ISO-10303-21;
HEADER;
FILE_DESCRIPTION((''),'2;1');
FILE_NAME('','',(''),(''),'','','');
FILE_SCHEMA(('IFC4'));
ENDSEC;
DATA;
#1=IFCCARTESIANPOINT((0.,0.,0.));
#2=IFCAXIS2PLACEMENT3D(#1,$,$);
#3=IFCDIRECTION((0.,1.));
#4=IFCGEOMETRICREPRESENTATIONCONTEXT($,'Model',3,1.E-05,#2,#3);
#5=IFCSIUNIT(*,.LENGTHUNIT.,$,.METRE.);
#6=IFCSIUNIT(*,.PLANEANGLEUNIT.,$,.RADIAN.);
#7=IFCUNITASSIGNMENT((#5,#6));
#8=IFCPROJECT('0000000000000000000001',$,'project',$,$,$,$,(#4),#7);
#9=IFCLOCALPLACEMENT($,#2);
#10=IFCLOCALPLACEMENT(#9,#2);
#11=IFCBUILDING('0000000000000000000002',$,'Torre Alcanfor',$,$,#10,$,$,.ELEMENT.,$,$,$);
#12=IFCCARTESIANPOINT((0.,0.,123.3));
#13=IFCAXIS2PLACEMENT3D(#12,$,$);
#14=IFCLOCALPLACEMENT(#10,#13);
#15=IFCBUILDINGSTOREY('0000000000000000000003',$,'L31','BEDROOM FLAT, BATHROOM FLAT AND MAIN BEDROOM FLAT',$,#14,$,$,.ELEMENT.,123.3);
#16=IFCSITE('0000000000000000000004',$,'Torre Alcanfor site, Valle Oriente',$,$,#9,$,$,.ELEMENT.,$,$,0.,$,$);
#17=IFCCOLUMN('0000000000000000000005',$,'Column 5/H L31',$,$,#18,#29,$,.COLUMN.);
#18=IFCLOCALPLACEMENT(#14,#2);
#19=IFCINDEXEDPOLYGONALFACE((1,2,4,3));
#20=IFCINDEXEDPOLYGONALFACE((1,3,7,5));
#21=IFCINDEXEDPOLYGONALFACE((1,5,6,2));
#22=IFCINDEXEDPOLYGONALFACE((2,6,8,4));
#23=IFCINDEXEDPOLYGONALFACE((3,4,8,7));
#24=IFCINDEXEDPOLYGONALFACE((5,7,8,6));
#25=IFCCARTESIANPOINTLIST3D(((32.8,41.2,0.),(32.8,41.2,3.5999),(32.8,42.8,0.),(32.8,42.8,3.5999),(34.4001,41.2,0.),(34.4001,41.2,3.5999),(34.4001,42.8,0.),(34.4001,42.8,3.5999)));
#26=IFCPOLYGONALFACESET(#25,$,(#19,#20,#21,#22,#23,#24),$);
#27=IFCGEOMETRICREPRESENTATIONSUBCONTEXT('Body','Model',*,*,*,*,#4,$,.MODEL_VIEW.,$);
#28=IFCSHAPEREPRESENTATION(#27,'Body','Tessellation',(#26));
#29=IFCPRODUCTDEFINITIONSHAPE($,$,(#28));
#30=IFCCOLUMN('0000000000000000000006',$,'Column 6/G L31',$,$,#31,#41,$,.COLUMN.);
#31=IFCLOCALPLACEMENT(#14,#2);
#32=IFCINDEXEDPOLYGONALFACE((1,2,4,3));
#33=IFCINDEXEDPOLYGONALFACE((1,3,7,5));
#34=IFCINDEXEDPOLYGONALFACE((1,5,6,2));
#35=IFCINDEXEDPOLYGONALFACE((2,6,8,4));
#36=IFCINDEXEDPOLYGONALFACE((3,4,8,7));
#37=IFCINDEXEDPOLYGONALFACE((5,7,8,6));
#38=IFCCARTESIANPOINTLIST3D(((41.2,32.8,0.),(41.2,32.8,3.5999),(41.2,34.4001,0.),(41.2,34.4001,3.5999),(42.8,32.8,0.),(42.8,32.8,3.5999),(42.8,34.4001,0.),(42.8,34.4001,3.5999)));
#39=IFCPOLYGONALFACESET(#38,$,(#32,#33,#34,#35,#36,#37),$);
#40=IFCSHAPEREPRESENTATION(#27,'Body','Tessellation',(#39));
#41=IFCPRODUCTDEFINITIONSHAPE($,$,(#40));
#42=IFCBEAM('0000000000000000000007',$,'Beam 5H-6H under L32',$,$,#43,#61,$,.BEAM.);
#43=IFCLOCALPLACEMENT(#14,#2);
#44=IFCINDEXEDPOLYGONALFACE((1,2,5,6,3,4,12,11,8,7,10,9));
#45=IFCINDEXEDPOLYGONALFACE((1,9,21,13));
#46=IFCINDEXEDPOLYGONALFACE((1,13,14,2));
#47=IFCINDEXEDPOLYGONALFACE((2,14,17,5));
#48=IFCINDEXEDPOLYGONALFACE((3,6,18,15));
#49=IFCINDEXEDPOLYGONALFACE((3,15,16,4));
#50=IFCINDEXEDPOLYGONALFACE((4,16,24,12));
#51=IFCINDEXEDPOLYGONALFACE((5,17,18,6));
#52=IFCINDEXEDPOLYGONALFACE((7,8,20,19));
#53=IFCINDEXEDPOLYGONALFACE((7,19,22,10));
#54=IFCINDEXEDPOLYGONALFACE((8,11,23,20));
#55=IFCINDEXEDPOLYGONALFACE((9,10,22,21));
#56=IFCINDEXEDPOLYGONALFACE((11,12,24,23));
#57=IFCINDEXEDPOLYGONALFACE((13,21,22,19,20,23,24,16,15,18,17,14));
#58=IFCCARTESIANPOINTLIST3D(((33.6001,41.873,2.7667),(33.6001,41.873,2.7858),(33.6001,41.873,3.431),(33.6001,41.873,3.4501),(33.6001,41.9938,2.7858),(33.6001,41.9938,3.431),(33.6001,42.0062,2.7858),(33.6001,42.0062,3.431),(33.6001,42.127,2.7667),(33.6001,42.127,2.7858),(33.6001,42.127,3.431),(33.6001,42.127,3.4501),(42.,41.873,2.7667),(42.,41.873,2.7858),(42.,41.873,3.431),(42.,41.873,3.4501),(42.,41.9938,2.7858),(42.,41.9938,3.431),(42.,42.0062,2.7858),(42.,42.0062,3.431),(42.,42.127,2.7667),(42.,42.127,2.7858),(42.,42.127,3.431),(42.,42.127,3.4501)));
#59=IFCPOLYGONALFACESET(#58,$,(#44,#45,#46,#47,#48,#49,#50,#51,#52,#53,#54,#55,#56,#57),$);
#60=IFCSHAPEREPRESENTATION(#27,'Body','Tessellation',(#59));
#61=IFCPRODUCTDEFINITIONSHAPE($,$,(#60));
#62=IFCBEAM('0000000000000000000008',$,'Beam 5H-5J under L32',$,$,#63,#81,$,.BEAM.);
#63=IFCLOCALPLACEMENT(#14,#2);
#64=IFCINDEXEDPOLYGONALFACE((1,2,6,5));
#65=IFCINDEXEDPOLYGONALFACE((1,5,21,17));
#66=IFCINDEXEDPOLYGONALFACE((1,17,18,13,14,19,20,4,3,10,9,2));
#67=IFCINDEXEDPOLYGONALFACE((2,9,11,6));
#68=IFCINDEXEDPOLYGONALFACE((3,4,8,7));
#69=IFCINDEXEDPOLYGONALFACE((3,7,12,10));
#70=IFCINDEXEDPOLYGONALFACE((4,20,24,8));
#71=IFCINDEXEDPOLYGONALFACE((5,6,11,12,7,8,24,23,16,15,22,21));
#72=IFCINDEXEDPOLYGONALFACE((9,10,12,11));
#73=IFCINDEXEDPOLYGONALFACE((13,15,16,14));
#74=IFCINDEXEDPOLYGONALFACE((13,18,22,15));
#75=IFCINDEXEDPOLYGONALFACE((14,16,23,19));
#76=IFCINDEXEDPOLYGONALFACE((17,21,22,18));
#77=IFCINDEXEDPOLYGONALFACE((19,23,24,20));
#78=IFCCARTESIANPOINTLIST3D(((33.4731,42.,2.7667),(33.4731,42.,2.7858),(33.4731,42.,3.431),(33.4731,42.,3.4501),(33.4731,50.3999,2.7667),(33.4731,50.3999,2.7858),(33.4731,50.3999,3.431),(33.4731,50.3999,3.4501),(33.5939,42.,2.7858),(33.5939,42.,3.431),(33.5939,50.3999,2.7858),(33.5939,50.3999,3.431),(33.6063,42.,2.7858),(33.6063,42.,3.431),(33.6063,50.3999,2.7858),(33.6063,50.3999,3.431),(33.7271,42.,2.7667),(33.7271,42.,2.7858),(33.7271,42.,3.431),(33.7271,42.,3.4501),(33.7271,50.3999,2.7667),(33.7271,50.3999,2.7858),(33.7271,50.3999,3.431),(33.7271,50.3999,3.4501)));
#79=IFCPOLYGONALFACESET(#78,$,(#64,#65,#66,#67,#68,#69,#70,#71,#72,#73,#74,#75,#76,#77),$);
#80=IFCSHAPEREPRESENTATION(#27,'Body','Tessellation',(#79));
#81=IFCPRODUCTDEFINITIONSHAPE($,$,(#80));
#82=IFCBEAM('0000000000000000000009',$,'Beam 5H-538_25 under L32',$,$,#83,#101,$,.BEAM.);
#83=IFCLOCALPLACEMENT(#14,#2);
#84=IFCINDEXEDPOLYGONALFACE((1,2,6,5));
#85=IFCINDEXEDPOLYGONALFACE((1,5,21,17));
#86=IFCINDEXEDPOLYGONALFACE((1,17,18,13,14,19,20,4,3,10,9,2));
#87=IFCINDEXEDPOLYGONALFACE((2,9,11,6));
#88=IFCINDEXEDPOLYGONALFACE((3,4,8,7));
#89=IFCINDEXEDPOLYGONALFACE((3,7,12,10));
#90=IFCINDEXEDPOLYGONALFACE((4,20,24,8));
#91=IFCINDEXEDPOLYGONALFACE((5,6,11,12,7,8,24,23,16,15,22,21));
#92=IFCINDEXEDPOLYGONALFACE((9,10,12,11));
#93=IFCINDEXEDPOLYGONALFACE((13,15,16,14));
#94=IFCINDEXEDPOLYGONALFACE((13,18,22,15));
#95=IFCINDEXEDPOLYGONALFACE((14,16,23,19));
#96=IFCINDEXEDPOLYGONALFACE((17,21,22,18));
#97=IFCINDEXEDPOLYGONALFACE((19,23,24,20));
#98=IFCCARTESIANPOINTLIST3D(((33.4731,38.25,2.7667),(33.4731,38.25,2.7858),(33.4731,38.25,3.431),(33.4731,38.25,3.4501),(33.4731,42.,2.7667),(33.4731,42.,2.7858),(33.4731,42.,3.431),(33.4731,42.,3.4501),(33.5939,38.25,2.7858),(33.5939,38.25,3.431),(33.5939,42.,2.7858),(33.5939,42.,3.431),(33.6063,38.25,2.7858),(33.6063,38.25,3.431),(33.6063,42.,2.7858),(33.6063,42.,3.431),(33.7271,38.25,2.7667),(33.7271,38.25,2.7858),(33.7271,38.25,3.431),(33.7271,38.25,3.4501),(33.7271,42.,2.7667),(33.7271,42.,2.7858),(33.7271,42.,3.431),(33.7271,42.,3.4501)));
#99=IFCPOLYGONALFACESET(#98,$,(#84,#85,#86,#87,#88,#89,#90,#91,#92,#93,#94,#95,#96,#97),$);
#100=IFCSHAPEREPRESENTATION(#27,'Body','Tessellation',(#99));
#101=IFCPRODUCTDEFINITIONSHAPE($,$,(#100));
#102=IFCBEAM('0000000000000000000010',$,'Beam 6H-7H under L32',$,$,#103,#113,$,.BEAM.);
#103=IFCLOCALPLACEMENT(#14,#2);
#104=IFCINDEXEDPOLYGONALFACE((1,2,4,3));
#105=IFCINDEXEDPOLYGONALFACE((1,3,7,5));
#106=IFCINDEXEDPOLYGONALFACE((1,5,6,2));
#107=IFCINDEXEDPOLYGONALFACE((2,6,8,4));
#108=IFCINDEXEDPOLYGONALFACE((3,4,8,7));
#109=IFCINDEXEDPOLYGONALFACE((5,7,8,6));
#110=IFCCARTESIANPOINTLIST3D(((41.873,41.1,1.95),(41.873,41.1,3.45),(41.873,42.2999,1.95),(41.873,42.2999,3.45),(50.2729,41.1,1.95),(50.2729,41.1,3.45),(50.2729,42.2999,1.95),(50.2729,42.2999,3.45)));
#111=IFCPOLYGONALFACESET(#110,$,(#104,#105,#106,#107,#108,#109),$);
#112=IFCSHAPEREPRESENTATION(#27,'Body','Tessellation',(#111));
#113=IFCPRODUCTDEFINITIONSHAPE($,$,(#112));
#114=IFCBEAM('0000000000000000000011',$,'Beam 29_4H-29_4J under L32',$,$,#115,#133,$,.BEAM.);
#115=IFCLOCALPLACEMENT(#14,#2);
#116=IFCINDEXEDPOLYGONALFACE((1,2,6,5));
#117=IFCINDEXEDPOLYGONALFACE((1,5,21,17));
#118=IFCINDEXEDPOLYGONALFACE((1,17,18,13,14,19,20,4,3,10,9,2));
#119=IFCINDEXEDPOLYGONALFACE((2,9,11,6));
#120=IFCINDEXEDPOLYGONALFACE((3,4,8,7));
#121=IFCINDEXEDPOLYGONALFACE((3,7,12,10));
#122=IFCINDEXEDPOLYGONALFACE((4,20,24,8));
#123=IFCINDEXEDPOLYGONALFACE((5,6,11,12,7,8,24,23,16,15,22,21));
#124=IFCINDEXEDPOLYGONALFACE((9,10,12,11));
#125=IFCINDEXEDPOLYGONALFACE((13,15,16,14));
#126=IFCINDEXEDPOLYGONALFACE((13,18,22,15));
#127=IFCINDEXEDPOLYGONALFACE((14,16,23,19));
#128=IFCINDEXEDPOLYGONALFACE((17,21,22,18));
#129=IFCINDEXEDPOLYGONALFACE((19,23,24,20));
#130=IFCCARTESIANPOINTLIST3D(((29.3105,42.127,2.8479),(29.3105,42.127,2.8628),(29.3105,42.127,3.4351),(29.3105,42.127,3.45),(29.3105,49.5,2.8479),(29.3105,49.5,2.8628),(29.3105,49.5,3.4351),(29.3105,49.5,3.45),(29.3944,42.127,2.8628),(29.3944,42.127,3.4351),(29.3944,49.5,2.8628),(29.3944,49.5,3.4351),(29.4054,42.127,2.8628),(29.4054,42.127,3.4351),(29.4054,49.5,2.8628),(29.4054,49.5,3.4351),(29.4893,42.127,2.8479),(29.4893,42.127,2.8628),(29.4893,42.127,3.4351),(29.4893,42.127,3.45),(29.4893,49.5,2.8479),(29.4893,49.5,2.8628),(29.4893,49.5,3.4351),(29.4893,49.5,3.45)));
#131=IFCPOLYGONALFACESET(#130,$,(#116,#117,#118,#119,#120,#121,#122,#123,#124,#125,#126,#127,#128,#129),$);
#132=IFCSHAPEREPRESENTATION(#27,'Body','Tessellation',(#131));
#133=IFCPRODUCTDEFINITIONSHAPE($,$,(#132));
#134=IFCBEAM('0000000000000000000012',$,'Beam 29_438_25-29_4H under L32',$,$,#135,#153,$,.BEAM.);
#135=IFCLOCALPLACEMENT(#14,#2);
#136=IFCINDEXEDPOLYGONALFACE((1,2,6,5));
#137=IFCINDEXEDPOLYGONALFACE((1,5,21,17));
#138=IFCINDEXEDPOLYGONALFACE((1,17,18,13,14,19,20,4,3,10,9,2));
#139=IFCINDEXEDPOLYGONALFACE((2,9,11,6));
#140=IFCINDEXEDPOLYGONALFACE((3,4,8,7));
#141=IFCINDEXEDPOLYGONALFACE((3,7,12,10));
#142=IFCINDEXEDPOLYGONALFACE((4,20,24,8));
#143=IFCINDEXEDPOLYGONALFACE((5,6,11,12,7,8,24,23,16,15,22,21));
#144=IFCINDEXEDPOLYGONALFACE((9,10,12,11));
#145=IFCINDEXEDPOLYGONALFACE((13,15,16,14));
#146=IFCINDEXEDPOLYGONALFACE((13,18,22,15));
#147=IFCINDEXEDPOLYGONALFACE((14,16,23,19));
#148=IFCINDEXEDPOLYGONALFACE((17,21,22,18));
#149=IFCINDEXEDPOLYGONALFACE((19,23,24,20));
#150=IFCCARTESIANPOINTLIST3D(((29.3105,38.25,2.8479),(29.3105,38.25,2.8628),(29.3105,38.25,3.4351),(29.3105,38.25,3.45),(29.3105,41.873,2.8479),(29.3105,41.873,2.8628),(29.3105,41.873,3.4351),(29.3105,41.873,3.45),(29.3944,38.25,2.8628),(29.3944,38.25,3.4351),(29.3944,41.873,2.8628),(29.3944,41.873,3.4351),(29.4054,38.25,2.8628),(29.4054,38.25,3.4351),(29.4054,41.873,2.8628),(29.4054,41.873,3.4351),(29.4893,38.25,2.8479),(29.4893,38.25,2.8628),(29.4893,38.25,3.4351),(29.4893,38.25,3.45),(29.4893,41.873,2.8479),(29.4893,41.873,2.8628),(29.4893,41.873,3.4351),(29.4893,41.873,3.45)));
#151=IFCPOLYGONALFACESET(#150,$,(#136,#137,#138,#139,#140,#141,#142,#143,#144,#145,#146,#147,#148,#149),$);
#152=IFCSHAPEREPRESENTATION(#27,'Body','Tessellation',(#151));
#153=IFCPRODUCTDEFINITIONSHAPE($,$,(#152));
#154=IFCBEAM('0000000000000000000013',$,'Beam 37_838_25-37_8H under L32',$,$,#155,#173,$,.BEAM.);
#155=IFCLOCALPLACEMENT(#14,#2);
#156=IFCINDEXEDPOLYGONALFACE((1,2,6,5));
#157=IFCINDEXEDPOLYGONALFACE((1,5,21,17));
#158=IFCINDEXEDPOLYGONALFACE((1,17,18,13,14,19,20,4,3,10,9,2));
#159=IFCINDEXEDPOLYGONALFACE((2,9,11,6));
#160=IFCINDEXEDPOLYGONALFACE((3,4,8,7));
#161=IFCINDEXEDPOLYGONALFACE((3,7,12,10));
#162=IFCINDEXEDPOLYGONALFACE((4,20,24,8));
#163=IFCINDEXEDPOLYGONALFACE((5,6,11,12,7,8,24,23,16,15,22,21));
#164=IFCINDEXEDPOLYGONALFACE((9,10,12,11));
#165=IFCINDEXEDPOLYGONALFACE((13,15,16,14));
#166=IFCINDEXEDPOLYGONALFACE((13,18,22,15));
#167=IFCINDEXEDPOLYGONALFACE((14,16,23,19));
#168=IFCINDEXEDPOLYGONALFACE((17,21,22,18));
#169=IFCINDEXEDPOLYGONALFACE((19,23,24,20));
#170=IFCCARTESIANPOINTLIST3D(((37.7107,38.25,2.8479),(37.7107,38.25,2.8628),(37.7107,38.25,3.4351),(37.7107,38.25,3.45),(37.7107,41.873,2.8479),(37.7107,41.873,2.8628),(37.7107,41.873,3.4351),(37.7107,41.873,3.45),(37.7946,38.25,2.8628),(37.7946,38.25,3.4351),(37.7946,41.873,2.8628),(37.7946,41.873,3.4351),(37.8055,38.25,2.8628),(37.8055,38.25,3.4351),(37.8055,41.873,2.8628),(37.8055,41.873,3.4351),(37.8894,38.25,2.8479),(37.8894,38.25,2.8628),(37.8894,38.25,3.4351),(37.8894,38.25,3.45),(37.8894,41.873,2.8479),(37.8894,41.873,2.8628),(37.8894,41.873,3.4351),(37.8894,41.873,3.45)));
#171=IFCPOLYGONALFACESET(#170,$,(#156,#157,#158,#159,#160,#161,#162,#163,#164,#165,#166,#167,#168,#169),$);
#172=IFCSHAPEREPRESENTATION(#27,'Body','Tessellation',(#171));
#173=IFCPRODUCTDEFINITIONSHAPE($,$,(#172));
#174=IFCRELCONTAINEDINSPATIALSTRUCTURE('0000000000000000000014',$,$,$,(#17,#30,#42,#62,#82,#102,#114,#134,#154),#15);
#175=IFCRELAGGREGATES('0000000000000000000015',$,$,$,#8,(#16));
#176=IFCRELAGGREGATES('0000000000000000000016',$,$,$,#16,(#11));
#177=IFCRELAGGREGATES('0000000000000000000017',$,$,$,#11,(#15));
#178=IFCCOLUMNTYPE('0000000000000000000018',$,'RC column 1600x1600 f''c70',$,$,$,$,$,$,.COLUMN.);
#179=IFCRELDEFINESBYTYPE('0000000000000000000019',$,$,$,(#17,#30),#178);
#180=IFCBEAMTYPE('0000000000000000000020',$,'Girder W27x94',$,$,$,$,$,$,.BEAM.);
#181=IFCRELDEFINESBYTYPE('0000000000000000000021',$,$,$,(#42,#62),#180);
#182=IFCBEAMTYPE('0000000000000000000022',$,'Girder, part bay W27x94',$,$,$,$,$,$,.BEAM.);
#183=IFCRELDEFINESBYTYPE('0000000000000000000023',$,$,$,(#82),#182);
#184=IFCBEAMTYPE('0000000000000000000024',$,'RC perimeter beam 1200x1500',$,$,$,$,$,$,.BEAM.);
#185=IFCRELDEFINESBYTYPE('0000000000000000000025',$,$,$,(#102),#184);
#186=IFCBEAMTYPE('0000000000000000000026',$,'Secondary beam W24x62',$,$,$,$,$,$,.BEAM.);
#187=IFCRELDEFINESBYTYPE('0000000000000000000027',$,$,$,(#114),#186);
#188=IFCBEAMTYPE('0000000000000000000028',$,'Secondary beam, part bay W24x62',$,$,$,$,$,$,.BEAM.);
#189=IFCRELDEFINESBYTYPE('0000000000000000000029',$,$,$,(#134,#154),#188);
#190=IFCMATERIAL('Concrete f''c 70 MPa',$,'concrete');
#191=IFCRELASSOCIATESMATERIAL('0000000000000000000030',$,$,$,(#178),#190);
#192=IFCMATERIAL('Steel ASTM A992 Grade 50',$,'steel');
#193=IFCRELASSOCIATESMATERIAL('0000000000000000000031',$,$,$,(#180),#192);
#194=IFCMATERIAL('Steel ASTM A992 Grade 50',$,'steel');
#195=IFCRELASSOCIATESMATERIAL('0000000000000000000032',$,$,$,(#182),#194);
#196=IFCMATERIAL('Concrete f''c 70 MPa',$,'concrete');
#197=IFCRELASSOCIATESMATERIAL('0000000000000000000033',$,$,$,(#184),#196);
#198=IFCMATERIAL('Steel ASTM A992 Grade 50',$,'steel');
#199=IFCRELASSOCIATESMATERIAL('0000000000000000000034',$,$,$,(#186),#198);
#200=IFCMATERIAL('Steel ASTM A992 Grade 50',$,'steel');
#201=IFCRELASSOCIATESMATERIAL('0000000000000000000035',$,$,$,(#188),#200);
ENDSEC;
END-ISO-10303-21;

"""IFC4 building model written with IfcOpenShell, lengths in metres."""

from ifc_helpers import new_model, si_unit, direction, frame, origin, origin_2d, place, context, subcontext, project, spatial, rectangle, i_section, extrude, material, material_profile, profile_set, type_object, element, save


model = new_model("IFC4")

# Units and contexts
model_context = context("Model", 3, precision=1e-05, world=origin(), true_north=direction((0.0, 1.0)))
body_context = subcontext(model_context, "Body", "Model", "MODEL_VIEW")
ifc_project = project(units=[si_unit("LENGTHUNIT", "METRE"), si_unit("PLANEANGLEUNIT", "RADIAN")], contexts=[model_context])

# Site, building, storey
site_placement = place(None, origin())
site = spatial("IfcSite", under=ifc_project, at=site_placement, Name="Torre Alcanfor site, Valle Oriente", CompositionType="ELEMENT", RefElevation=0.0)
building_placement = place(site_placement, origin())
building = spatial("IfcBuilding", under=site, at=building_placement, Name="Torre Alcanfor", CompositionType="ELEMENT")
storey_placement = place(building_placement, frame((0.0, 0.0, 123.3)))
storey = spatial("IfcBuildingStorey", under=building, at=storey_placement, Name="L31", Description="BEDROOM FLAT, BATHROOM FLAT AND MAIN BEDROOM FLAT", CompositionType="ELEMENT", Elevation=123.3)

# Columns
ifc_material_1 = material(Name="Concrete f'c 70 MPa", Category="concrete")
ifc_material_profile_1 = material_profile(ifc_material_1, rectangle(XDim=1.6001, YDim=1.6001, at=origin_2d()), Name="1600x1600")
ifc_profile_set_1 = profile_set([ifc_material_profile_1], Name="Concrete f'c 70 MPa")
column_type = type_object("IfcColumnType", Name="RC column 1600x1600 f'c70", PredefinedType="COLUMN", material=ifc_profile_set_1)
for number, where, z_axis, x_axis, name in (
    (1, (33.6001, 42.0, 0.0), (0.0, 0.0, 1.0), (1.0, 0.0, 0.0), "Column 5/H L31"),
    (2, (42.0, 33.6001, 0.0), (0.0, 0.0, 1.0), (1.0, 0.0, 0.0), "Column 6/G L31"),
):
    element("IfcColumn", number, at=place(storey_placement, frame(where, z_axis=z_axis, x_axis=x_axis)), inside=storey, type_object=column_type, Name=name, PredefinedType="COLUMN", context=body_context, shape_type="SweptSolid", body=[
        extrude(rectangle(XDim=1.6001, YDim=1.6001, at=origin_2d()), origin(), (0.0, 0.0, 1.0), 3.5999),
    ])

# Beams
ifc_material_2 = material(Name="Steel ASTM A992 Grade 50", Category="steel")
ifc_material_profile_2 = material_profile(ifc_material_2, i_section(OverallWidth=0.2539, OverallDepth=0.6833, WebThickness=0.0125, FlangeThickness=0.019, at=origin_2d()), Name="W27x94")
ifc_profile_set_2 = profile_set([ifc_material_profile_2], Name="Steel ASTM A992 Grade 50")
beam_type_1 = type_object("IfcBeamType", Name="Girder W27x94", PredefinedType="BEAM", material=ifc_profile_set_2)
for number, where, z_axis, x_axis, name in (
    (3, (33.6001, 42.0, 3.1084), (1.0, 0.0, 0.0), (0.0, 1.0, 0.0), "Beam 5H-6H under L32"),
    (4, (33.6001, 42.0, 3.1084), (0.0, 1.0, 0.0), (-1.0, 0.0, 0.0), "Beam 5H-5J under L32"),
):
    element("IfcBeam", number, at=place(storey_placement, frame(where, z_axis=z_axis, x_axis=x_axis)), inside=storey, type_object=beam_type_1, Name=name, PredefinedType="BEAM", context=body_context, shape_type="SweptSolid", body=[
        extrude(i_section(OverallWidth=0.2539, OverallDepth=0.6833, WebThickness=0.0125, FlangeThickness=0.019, at=origin_2d()), origin(), (0.0, 0.0, 1.0), 8.3999),
    ])
ifc_material_3 = material(Name="Steel ASTM A992 Grade 50", Category="steel")
ifc_material_profile_3 = material_profile(ifc_material_3, i_section(OverallWidth=0.2539, OverallDepth=0.6833, WebThickness=0.0125, FlangeThickness=0.019, at=origin_2d()), Name="W27x94")
ifc_profile_set_3 = profile_set([ifc_material_profile_3], Name="Steel ASTM A992 Grade 50")
beam_type_2 = type_object("IfcBeamType", Name="Girder, part bay W27x94", PredefinedType="BEAM", material=ifc_profile_set_3)
beam_1_placement = place(storey_placement, frame((33.6001, 42.0, 3.1084), z_axis=(0.0, -1.0, 0.0), x_axis=(1.0, 0.0, 0.0)))
element("IfcBeam", 5, at=beam_1_placement, inside=storey, type_object=beam_type_2, Name="Beam 5H-538_25 under L32", PredefinedType="BEAM", context=body_context, shape_type="SweptSolid", body=[
    extrude(i_section(OverallWidth=0.2539, OverallDepth=0.6833, WebThickness=0.0125, FlangeThickness=0.019, at=origin_2d()), origin(), (0.0, 0.0, 1.0), 3.75),
])
ifc_material_4 = material(Name="Concrete f'c 70 MPa", Category="concrete")
ifc_material_profile_4 = material_profile(ifc_material_4, rectangle(XDim=1.2, YDim=1.5, at=origin_2d()), Name="1200x1500")
ifc_profile_set_4 = profile_set([ifc_material_profile_4], Name="Concrete f'c 70 MPa")
beam_type_3 = type_object("IfcBeamType", Name="RC perimeter beam 1200x1500", PredefinedType="BEAM", material=ifc_profile_set_4)
beam_2_placement = place(storey_placement, frame((41.873, 41.7, 2.7), z_axis=(1.0, 0.0, 0.0), x_axis=(0.0, 1.0, 0.0)))
element("IfcBeam", 6, at=beam_2_placement, inside=storey, type_object=beam_type_3, Name="Beam 6H-7H under L32", PredefinedType="BEAM", context=body_context, shape_type="SweptSolid", body=[
    extrude(rectangle(XDim=1.2, YDim=1.5, at=origin_2d()), origin(), (0.0, 0.0, 1.0), 8.3999),
])
ifc_material_5 = material(Name="Steel ASTM A992 Grade 50", Category="steel")
ifc_material_profile_5 = material_profile(ifc_material_5, i_section(OverallWidth=0.1787, OverallDepth=0.6021, WebThickness=0.011, FlangeThickness=0.0149, at=origin_2d()), Name="W24x62")
ifc_profile_set_5 = profile_set([ifc_material_profile_5], Name="Steel ASTM A992 Grade 50")
beam_type_4 = type_object("IfcBeamType", Name="Secondary beam W24x62", PredefinedType="BEAM", material=ifc_profile_set_5)
beam_3_placement = place(storey_placement, frame((29.3999, 42.127, 3.1489), z_axis=(0.0, 1.0, 0.0), x_axis=(-1.0, 0.0, 0.0)))
element("IfcBeam", 7, at=beam_3_placement, inside=storey, type_object=beam_type_4, Name="Beam 29_4H-29_4J under L32", PredefinedType="BEAM", context=body_context, shape_type="SweptSolid", body=[
    extrude(i_section(OverallWidth=0.1787, OverallDepth=0.6021, WebThickness=0.011, FlangeThickness=0.0149, at=origin_2d()), origin(), (0.0, 0.0, 1.0), 7.373),
])
ifc_material_6 = material(Name="Steel ASTM A992 Grade 50", Category="steel")
ifc_material_profile_6 = material_profile(ifc_material_6, i_section(OverallWidth=0.1787, OverallDepth=0.6021, WebThickness=0.011, FlangeThickness=0.0149, at=origin_2d()), Name="W24x62")
ifc_profile_set_6 = profile_set([ifc_material_profile_6], Name="Steel ASTM A992 Grade 50")
beam_type_5 = type_object("IfcBeamType", Name="Secondary beam, part bay W24x62", PredefinedType="BEAM", material=ifc_profile_set_6)
for number, where, z_axis, x_axis, name in (
    (8, (29.3999, 38.25, 3.1489), (0.0, 1.0, 0.0), (-1.0, 0.0, 0.0), "Beam 29_438_25-29_4H under L32"),
    (9, (37.8, 38.25, 3.1489), (0.0, 1.0, 0.0), (-1.0, 0.0, 0.0), "Beam 37_838_25-37_8H under L32"),
):
    element("IfcBeam", number, at=place(storey_placement, frame(where, z_axis=z_axis, x_axis=x_axis)), inside=storey, type_object=beam_type_5, Name=name, PredefinedType="BEAM", context=body_context, shape_type="SweptSolid", body=[
        extrude(i_section(OverallWidth=0.1787, OverallDepth=0.6021, WebThickness=0.011, FlangeThickness=0.0149, at=origin_2d()), origin(), (0.0, 0.0, 1.0), 3.623),
    ])

save(model, "model.ifc")
